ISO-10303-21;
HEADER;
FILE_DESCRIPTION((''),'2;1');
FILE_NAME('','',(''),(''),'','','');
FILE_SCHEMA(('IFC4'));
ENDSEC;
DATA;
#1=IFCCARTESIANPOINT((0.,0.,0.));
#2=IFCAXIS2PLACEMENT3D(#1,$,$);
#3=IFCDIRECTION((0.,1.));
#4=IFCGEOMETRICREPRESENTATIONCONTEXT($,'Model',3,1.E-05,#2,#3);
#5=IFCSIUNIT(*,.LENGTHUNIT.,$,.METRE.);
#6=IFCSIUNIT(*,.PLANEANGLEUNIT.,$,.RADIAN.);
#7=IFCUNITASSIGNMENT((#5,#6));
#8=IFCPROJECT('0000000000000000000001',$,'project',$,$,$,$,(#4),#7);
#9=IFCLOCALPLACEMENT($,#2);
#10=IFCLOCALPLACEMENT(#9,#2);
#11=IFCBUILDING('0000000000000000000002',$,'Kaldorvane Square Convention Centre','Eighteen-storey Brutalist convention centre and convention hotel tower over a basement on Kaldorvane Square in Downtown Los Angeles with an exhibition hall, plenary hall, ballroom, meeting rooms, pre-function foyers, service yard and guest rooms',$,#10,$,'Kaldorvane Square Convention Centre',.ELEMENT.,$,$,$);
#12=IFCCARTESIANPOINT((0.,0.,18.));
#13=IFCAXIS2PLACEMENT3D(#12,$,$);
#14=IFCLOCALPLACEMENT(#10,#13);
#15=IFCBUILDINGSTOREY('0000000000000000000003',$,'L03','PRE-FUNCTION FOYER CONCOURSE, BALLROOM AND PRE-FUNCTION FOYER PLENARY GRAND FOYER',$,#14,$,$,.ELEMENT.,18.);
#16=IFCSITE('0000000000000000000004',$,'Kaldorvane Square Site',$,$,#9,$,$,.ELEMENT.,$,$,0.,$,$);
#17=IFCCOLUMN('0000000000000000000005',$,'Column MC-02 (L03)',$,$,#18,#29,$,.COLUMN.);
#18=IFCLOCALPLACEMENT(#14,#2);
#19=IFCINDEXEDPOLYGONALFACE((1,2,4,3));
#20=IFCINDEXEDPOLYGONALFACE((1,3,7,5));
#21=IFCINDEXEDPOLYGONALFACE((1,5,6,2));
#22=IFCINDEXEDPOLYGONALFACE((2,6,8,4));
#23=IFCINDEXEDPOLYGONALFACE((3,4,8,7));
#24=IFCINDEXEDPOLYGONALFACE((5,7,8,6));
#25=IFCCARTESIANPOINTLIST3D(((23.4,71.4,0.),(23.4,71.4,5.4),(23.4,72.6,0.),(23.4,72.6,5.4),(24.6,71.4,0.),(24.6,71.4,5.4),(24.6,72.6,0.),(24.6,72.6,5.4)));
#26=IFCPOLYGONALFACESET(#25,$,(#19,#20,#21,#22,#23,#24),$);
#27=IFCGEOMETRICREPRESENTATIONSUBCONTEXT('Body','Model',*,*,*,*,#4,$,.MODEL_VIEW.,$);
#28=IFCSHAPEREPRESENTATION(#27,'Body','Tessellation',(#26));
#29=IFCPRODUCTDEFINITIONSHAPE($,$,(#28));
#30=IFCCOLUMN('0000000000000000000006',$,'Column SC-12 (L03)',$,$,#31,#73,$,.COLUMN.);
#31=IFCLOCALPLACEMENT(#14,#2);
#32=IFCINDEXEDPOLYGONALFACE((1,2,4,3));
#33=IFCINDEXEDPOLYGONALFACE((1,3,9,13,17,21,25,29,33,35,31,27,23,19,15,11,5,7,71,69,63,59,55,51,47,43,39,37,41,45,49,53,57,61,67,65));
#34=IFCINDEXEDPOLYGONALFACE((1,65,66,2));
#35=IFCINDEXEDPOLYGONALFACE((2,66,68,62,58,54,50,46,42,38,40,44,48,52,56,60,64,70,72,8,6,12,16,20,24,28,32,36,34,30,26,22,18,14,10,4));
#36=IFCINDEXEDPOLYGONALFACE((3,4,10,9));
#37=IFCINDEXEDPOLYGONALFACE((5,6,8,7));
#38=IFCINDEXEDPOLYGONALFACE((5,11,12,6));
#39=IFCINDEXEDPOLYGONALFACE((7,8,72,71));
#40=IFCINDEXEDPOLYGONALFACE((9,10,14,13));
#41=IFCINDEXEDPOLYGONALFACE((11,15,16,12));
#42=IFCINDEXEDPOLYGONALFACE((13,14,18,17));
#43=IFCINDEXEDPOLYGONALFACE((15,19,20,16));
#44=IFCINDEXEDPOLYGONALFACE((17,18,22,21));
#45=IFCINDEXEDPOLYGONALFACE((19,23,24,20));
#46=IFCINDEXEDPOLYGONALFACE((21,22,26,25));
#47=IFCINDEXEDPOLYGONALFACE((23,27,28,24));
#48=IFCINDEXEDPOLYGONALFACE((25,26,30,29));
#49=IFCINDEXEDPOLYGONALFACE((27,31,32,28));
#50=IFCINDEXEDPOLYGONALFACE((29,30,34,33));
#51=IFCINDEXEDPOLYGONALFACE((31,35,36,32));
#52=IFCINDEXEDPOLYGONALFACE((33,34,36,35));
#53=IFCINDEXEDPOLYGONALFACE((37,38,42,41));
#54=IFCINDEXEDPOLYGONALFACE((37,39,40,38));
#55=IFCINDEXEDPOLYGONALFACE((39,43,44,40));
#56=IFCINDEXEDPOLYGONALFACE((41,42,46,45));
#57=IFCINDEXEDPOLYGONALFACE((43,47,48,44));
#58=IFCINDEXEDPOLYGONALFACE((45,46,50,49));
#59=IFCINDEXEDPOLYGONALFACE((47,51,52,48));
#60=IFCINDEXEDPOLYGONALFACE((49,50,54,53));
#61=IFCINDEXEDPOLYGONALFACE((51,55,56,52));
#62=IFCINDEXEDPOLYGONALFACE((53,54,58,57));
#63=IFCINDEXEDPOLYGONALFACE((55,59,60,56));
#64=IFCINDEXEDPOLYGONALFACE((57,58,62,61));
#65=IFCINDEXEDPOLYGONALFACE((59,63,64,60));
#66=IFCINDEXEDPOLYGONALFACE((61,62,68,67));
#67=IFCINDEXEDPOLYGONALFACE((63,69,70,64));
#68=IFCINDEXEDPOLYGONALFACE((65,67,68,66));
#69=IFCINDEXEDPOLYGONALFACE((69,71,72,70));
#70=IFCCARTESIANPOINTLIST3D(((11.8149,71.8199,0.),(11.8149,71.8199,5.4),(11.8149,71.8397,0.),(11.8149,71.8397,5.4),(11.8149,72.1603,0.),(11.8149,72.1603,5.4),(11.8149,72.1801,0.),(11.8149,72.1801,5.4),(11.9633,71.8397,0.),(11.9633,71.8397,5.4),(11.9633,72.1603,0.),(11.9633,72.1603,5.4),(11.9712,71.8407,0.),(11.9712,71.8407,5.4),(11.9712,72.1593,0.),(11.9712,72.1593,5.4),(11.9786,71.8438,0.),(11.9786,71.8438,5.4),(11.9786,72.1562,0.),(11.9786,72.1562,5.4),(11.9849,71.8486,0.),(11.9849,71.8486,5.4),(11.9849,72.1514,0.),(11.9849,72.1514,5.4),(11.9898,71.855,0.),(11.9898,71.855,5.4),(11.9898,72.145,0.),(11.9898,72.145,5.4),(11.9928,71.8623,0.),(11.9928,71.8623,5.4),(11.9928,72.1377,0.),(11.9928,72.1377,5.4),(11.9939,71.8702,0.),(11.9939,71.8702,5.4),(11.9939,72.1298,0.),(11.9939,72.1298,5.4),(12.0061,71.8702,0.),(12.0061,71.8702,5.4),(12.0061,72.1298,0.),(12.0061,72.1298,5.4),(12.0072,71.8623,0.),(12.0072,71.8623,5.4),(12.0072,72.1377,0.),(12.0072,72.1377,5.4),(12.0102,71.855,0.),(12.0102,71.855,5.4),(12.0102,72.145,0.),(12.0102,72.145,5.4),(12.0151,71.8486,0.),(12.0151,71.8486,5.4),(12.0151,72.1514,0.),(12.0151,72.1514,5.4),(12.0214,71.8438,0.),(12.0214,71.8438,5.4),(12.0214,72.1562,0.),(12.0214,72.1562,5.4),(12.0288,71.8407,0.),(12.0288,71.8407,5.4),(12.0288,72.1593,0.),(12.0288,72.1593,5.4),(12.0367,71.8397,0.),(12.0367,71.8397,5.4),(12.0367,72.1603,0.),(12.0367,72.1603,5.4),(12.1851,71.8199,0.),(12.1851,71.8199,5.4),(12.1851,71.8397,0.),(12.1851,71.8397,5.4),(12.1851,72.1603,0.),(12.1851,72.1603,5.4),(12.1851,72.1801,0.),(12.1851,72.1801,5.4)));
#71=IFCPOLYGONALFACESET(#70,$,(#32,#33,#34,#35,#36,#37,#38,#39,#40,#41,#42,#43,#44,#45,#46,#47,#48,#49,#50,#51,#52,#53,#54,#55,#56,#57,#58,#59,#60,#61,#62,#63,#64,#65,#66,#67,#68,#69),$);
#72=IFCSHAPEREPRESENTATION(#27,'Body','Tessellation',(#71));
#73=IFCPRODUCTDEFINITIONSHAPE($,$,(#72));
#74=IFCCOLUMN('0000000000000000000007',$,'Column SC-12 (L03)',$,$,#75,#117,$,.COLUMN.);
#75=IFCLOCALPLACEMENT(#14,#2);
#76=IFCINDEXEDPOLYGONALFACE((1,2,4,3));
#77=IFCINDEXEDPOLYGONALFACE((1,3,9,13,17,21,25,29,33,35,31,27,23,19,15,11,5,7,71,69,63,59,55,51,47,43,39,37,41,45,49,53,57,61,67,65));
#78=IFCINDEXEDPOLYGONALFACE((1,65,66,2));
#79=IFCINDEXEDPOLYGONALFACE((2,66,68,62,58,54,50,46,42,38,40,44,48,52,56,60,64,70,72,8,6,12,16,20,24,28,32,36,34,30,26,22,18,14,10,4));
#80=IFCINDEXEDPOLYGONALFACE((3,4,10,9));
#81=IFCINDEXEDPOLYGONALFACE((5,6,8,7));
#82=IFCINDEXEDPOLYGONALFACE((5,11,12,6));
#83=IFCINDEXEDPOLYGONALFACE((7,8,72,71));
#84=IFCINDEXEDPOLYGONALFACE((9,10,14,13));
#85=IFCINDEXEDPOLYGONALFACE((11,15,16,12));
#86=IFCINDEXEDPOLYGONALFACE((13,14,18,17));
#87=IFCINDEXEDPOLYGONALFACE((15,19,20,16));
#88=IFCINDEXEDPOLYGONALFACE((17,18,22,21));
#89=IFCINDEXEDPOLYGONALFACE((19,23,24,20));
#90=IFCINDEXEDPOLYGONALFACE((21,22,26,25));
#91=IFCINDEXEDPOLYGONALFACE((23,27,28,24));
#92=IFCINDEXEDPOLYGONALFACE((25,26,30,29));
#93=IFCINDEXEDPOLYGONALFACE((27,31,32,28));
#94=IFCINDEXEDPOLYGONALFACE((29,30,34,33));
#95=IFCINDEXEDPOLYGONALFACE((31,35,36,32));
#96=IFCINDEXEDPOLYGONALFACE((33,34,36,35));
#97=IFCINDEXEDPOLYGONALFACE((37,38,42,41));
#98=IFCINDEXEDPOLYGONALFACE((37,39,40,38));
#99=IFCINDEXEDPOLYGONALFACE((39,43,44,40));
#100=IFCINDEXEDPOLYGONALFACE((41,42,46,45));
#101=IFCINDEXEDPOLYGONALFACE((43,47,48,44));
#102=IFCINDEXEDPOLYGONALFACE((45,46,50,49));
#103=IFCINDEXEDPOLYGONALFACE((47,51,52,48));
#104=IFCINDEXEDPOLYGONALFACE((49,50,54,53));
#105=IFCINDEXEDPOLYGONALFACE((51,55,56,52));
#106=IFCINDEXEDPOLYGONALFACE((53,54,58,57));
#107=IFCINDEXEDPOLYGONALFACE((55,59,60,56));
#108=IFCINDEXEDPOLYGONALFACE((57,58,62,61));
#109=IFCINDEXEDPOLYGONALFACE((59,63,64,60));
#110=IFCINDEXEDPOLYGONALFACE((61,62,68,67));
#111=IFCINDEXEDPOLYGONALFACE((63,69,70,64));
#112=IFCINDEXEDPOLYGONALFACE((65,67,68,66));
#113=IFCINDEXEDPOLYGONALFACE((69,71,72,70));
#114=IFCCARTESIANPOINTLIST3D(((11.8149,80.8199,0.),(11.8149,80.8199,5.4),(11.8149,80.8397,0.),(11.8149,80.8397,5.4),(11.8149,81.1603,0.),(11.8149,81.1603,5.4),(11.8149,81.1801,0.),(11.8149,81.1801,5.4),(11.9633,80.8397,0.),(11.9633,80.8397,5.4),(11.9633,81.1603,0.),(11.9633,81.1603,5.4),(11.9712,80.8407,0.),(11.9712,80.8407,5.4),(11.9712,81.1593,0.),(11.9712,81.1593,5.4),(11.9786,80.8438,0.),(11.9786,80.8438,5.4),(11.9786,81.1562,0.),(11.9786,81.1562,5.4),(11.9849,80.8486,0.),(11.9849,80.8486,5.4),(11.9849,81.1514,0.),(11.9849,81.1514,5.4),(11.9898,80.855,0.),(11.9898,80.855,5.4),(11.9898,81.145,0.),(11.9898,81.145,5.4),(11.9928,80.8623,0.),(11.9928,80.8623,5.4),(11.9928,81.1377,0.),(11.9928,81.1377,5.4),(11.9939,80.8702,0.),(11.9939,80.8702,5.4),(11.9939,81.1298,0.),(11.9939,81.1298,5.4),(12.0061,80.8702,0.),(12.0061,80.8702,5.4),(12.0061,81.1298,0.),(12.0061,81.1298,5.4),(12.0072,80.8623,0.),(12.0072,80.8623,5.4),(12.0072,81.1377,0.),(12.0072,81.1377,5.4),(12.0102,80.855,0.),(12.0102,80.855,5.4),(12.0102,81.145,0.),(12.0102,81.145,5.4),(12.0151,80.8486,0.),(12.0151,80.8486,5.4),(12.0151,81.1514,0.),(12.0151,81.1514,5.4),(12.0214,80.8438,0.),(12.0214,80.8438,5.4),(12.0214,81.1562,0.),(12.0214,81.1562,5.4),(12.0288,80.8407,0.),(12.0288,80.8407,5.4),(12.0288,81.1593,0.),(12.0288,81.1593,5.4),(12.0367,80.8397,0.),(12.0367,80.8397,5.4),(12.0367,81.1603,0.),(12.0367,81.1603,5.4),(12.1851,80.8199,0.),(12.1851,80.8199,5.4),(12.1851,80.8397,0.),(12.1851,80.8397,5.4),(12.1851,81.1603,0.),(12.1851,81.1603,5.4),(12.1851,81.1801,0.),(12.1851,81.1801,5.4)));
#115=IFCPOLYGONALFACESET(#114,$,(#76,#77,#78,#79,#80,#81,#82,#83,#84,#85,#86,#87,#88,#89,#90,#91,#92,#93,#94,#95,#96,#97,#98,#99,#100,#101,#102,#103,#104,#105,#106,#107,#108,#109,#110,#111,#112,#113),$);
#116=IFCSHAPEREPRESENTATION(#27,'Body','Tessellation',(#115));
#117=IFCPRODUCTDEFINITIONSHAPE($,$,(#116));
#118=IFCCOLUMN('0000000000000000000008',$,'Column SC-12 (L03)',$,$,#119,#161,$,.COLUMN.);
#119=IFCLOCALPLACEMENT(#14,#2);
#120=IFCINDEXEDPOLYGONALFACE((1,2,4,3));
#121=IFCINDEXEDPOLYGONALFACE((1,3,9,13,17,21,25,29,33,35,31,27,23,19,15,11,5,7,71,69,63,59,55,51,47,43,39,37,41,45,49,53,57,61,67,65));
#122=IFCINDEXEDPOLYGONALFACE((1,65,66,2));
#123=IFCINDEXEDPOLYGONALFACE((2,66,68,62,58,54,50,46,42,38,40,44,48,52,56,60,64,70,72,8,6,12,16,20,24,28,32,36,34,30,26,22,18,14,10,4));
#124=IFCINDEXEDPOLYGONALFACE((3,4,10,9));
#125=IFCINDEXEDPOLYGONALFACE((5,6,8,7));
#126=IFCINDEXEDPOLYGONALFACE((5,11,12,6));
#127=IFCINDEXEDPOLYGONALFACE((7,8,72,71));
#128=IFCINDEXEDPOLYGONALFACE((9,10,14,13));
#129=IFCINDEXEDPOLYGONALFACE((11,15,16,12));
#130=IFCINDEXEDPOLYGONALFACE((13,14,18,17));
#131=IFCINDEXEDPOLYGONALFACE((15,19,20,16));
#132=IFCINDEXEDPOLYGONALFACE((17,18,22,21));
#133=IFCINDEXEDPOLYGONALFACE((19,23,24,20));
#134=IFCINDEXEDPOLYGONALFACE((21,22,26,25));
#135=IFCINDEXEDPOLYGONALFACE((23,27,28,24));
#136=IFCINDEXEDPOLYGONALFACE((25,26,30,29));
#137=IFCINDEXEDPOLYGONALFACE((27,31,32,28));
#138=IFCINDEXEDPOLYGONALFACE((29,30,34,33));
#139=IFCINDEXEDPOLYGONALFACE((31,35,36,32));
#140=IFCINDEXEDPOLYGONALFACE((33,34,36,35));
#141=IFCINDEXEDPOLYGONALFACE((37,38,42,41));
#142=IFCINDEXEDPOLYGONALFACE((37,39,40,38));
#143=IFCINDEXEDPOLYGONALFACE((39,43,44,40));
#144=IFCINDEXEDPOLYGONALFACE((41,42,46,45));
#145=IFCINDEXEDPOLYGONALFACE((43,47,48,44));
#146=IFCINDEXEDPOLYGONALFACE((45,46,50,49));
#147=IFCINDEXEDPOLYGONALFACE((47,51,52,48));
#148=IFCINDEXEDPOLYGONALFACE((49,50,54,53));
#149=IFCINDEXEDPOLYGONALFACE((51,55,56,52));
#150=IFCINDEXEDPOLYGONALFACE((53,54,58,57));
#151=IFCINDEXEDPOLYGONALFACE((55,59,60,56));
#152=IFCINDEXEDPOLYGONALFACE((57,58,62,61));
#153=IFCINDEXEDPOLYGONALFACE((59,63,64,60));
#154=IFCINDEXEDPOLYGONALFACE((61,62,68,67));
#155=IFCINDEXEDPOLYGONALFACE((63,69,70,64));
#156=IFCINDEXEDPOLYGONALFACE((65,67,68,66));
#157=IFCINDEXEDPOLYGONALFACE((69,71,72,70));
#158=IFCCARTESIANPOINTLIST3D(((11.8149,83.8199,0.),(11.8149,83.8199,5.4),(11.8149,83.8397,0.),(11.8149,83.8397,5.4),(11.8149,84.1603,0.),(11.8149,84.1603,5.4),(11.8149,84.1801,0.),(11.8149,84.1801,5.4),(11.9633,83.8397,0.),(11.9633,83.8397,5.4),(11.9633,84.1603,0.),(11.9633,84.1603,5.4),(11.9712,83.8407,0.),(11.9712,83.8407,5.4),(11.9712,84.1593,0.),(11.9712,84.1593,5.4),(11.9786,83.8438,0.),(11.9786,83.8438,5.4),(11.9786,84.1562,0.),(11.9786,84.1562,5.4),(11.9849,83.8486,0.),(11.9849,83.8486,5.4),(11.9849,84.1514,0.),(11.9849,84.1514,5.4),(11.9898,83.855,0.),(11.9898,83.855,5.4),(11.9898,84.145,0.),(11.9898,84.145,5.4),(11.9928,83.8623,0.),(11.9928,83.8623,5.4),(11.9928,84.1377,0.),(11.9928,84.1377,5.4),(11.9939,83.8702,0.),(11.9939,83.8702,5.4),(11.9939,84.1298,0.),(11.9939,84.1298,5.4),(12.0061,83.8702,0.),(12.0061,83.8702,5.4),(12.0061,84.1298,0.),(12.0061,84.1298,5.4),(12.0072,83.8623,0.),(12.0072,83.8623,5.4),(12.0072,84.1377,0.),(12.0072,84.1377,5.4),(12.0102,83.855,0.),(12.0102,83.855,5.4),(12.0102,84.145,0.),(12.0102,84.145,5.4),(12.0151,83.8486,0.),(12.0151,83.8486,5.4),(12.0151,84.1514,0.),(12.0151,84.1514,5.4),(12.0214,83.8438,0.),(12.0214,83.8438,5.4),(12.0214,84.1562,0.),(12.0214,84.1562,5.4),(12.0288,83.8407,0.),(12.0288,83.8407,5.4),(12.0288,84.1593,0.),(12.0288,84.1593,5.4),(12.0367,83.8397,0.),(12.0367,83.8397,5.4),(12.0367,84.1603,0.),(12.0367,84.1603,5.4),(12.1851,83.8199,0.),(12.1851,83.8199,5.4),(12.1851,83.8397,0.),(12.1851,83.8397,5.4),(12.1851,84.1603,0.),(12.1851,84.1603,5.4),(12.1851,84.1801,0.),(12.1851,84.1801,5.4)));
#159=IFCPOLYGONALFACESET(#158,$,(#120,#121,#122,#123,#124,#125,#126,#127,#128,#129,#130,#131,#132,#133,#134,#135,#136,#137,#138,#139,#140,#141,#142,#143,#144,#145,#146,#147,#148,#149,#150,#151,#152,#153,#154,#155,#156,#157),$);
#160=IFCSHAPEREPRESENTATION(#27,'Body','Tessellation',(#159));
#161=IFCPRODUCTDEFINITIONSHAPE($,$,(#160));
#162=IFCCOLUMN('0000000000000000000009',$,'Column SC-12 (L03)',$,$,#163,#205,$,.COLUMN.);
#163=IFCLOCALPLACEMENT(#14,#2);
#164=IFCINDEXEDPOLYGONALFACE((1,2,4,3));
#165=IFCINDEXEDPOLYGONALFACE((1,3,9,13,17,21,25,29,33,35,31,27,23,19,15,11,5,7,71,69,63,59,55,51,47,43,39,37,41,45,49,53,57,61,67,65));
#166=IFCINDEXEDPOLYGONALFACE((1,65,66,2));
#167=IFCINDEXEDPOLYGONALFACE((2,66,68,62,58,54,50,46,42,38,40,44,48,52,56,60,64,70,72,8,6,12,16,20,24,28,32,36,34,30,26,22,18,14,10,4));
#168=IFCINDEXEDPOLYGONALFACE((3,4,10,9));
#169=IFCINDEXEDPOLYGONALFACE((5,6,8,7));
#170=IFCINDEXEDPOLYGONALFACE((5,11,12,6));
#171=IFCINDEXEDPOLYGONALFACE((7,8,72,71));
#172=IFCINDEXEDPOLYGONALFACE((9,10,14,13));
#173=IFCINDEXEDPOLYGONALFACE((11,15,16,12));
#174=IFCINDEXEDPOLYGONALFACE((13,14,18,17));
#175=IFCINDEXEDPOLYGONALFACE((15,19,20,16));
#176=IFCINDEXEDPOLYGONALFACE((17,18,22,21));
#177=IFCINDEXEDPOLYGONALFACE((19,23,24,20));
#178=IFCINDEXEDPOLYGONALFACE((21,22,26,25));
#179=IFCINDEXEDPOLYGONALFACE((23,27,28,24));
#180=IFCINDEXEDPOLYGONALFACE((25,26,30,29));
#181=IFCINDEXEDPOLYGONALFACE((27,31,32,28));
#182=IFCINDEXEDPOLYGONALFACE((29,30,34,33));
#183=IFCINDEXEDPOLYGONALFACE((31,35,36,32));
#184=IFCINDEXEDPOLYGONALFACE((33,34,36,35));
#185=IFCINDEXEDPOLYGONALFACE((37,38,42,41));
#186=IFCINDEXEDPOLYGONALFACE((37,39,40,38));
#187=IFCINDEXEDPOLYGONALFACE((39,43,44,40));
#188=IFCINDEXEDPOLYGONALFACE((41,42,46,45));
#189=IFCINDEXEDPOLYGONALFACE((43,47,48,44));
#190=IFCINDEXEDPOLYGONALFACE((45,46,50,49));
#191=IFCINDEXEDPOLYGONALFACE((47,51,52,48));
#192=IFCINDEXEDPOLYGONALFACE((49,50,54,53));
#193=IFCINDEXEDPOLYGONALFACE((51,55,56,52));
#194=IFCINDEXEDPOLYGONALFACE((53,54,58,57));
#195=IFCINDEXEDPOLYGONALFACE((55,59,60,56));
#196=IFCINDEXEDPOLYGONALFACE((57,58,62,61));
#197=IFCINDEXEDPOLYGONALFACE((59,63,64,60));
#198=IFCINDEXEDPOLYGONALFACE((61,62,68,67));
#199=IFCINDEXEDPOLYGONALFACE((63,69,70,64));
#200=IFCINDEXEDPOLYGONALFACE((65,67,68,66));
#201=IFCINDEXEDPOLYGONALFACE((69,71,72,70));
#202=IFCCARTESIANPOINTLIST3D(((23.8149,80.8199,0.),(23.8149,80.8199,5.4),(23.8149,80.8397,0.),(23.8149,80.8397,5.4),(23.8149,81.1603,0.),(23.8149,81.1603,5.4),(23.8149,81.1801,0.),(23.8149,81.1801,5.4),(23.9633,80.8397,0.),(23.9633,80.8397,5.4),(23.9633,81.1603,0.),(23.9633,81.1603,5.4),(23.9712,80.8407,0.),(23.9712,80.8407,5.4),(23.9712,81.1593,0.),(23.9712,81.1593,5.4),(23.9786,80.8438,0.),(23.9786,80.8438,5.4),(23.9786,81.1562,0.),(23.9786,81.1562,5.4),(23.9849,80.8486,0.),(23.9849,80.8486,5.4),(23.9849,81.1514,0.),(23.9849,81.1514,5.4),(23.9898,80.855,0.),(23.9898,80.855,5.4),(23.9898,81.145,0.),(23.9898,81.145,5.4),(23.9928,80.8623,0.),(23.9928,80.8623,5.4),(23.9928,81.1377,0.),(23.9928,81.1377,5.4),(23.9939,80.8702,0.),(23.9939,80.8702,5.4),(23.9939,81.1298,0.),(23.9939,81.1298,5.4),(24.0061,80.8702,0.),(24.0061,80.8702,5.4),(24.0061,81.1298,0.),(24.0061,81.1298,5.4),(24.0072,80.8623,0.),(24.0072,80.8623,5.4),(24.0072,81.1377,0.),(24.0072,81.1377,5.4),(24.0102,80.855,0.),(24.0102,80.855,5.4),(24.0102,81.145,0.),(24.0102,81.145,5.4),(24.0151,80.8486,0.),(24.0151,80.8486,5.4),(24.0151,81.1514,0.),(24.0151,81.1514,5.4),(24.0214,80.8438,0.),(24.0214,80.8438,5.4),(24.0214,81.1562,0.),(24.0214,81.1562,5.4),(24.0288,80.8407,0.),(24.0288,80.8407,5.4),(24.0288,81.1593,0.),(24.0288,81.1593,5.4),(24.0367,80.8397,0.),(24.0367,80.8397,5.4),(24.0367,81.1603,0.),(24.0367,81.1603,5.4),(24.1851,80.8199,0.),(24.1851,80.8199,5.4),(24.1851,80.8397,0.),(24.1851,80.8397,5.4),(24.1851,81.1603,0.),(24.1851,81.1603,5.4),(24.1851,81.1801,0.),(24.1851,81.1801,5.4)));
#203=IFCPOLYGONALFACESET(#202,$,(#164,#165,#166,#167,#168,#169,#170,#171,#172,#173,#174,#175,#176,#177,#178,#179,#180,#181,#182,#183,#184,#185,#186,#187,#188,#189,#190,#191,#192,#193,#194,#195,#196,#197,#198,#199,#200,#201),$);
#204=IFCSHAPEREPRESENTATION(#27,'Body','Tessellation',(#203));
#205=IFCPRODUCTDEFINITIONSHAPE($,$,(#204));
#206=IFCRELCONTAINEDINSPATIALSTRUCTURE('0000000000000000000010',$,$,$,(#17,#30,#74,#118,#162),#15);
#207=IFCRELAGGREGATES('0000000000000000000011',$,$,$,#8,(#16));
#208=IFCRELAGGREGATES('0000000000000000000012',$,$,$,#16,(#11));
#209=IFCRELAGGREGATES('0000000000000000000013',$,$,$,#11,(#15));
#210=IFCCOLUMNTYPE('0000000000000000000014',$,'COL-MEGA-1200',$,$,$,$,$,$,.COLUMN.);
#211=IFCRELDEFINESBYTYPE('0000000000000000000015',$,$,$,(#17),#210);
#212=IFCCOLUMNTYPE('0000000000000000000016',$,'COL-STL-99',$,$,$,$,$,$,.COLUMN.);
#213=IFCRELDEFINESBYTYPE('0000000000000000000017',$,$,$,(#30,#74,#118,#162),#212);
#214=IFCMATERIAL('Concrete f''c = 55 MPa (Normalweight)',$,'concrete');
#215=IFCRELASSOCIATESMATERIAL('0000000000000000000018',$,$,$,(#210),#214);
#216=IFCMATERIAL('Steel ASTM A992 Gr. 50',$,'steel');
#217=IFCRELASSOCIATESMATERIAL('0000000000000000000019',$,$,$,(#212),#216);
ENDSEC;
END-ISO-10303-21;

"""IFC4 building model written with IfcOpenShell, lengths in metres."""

from ifc_helpers import new_model, si_unit, direction, frame, origin, origin_2d, place, context, subcontext, project, spatial, rectangle, i_section, extrude, material, material_profile, profile_set, type_object, element, save


model = new_model("IFC4")

# Units and contexts
model_context = context("Model", 3, precision=1e-05, world=origin(), true_north=direction((0.0, 1.0)))
body_context = subcontext(model_context, "Body", "Model", "MODEL_VIEW")
ifc_project = project(units=[si_unit("LENGTHUNIT", "METRE"), si_unit("PLANEANGLEUNIT", "RADIAN")], contexts=[model_context])

# Site, building, storey
site_placement = place(None, origin())
site = spatial("IfcSite", under=ifc_project, at=site_placement, Name="Kaldorvane Square Site", CompositionType="ELEMENT", RefElevation=0.0)
building_placement = place(site_placement, origin())
building = spatial("IfcBuilding", under=site, at=building_placement, Name="Kaldorvane Square Convention Centre", Description="Eighteen-storey Brutalist convention centre and convention hotel tower over a basement on Kaldorvane Square in Downtown Los Angeles with an exhibition hall, plenary hall, ballroom, meeting rooms, pre-function foyers, service yard and guest rooms", LongName="Kaldorvane Square Convention Centre", CompositionType="ELEMENT")
storey_placement = place(building_placement, frame((0.0, 0.0, 18.0)))
storey = spatial("IfcBuildingStorey", under=building, at=storey_placement, Name="L03", Description="PRE-FUNCTION FOYER CONCOURSE, BALLROOM AND PRE-FUNCTION FOYER PLENARY GRAND FOYER", CompositionType="ELEMENT", Elevation=18.0)

# Columns
ifc_material_1 = material(Name="Concrete f'c = 55 MPa (Normalweight)", Category="concrete")
ifc_material_profile_1 = material_profile(ifc_material_1, rectangle(XDim=1.2, YDim=1.2, at=origin_2d()), Name="RC1200X1200")
ifc_profile_set_1 = profile_set([ifc_material_profile_1], Name="Concrete f'c = 55 MPa (Normalweight)")
column_type_1 = type_object("IfcColumnType", Name="COL-MEGA-1200", PredefinedType="COLUMN", material=ifc_profile_set_1)
column_placement = place(storey_placement, frame((24.0, 72.0, 0.0), z_axis=(0.0, 0.0, 1.0), x_axis=(1.0, 0.0, 0.0)))
element("IfcColumn", 1, at=column_placement, inside=storey, type_object=column_type_1, Name="Column MC-02 (L03)", PredefinedType="COLUMN", context=body_context, shape_type="SweptSolid", body=[
    extrude(rectangle(XDim=1.2, YDim=1.2, at=origin_2d()), origin(), (0.0, 0.0, 1.0), 5.4),
])
ifc_material_2 = material(Name="Steel ASTM A992 Gr. 50", Category="steel")
ifc_material_profile_2 = material_profile(ifc_material_2, i_section(OverallWidth=0.3701, OverallDepth=0.3602, WebThickness=0.0123, FlangeThickness=0.0198, FilletRadius=0.0305, at=origin_2d()), Name="W14X99")
ifc_profile_set_2 = profile_set([ifc_material_profile_2], Name="Steel ASTM A992 Gr. 50")
column_type_2 = type_object("IfcColumnType", Name="COL-STL-99", PredefinedType="COLUMN", material=ifc_profile_set_2)
for number, where, z_axis, x_axis, name in (
    (2, (12.0, 72.0, 0.0), (0.0, 0.0, 1.0), (1.0, 0.0, 0.0), "Column SC-12 (L03)"),
    (3, (12.0, 81.0, 0.0), (0.0, 0.0, 1.0), (1.0, 0.0, 0.0), "Column SC-12 (L03)"),
    (4, (12.0, 84.0, 0.0), (0.0, 0.0, 1.0), (1.0, 0.0, 0.0), "Column SC-12 (L03)"),
    (5, (24.0, 81.0, 0.0), (0.0, 0.0, 1.0), (1.0, 0.0, 0.0), "Column SC-12 (L03)"),
):
    element("IfcColumn", number, at=place(storey_placement, frame(where, z_axis=z_axis, x_axis=x_axis)), inside=storey, type_object=column_type_2, Name=name, PredefinedType="COLUMN", context=body_context, shape_type="SweptSolid", body=[
        extrude(i_section(OverallWidth=0.3701, OverallDepth=0.3602, WebThickness=0.0123, FlangeThickness=0.0198, FilletRadius=0.0305, at=origin_2d()), origin(), (0.0, 0.0, 1.0), 5.4),
    ])

save(model, "model.ifc")
